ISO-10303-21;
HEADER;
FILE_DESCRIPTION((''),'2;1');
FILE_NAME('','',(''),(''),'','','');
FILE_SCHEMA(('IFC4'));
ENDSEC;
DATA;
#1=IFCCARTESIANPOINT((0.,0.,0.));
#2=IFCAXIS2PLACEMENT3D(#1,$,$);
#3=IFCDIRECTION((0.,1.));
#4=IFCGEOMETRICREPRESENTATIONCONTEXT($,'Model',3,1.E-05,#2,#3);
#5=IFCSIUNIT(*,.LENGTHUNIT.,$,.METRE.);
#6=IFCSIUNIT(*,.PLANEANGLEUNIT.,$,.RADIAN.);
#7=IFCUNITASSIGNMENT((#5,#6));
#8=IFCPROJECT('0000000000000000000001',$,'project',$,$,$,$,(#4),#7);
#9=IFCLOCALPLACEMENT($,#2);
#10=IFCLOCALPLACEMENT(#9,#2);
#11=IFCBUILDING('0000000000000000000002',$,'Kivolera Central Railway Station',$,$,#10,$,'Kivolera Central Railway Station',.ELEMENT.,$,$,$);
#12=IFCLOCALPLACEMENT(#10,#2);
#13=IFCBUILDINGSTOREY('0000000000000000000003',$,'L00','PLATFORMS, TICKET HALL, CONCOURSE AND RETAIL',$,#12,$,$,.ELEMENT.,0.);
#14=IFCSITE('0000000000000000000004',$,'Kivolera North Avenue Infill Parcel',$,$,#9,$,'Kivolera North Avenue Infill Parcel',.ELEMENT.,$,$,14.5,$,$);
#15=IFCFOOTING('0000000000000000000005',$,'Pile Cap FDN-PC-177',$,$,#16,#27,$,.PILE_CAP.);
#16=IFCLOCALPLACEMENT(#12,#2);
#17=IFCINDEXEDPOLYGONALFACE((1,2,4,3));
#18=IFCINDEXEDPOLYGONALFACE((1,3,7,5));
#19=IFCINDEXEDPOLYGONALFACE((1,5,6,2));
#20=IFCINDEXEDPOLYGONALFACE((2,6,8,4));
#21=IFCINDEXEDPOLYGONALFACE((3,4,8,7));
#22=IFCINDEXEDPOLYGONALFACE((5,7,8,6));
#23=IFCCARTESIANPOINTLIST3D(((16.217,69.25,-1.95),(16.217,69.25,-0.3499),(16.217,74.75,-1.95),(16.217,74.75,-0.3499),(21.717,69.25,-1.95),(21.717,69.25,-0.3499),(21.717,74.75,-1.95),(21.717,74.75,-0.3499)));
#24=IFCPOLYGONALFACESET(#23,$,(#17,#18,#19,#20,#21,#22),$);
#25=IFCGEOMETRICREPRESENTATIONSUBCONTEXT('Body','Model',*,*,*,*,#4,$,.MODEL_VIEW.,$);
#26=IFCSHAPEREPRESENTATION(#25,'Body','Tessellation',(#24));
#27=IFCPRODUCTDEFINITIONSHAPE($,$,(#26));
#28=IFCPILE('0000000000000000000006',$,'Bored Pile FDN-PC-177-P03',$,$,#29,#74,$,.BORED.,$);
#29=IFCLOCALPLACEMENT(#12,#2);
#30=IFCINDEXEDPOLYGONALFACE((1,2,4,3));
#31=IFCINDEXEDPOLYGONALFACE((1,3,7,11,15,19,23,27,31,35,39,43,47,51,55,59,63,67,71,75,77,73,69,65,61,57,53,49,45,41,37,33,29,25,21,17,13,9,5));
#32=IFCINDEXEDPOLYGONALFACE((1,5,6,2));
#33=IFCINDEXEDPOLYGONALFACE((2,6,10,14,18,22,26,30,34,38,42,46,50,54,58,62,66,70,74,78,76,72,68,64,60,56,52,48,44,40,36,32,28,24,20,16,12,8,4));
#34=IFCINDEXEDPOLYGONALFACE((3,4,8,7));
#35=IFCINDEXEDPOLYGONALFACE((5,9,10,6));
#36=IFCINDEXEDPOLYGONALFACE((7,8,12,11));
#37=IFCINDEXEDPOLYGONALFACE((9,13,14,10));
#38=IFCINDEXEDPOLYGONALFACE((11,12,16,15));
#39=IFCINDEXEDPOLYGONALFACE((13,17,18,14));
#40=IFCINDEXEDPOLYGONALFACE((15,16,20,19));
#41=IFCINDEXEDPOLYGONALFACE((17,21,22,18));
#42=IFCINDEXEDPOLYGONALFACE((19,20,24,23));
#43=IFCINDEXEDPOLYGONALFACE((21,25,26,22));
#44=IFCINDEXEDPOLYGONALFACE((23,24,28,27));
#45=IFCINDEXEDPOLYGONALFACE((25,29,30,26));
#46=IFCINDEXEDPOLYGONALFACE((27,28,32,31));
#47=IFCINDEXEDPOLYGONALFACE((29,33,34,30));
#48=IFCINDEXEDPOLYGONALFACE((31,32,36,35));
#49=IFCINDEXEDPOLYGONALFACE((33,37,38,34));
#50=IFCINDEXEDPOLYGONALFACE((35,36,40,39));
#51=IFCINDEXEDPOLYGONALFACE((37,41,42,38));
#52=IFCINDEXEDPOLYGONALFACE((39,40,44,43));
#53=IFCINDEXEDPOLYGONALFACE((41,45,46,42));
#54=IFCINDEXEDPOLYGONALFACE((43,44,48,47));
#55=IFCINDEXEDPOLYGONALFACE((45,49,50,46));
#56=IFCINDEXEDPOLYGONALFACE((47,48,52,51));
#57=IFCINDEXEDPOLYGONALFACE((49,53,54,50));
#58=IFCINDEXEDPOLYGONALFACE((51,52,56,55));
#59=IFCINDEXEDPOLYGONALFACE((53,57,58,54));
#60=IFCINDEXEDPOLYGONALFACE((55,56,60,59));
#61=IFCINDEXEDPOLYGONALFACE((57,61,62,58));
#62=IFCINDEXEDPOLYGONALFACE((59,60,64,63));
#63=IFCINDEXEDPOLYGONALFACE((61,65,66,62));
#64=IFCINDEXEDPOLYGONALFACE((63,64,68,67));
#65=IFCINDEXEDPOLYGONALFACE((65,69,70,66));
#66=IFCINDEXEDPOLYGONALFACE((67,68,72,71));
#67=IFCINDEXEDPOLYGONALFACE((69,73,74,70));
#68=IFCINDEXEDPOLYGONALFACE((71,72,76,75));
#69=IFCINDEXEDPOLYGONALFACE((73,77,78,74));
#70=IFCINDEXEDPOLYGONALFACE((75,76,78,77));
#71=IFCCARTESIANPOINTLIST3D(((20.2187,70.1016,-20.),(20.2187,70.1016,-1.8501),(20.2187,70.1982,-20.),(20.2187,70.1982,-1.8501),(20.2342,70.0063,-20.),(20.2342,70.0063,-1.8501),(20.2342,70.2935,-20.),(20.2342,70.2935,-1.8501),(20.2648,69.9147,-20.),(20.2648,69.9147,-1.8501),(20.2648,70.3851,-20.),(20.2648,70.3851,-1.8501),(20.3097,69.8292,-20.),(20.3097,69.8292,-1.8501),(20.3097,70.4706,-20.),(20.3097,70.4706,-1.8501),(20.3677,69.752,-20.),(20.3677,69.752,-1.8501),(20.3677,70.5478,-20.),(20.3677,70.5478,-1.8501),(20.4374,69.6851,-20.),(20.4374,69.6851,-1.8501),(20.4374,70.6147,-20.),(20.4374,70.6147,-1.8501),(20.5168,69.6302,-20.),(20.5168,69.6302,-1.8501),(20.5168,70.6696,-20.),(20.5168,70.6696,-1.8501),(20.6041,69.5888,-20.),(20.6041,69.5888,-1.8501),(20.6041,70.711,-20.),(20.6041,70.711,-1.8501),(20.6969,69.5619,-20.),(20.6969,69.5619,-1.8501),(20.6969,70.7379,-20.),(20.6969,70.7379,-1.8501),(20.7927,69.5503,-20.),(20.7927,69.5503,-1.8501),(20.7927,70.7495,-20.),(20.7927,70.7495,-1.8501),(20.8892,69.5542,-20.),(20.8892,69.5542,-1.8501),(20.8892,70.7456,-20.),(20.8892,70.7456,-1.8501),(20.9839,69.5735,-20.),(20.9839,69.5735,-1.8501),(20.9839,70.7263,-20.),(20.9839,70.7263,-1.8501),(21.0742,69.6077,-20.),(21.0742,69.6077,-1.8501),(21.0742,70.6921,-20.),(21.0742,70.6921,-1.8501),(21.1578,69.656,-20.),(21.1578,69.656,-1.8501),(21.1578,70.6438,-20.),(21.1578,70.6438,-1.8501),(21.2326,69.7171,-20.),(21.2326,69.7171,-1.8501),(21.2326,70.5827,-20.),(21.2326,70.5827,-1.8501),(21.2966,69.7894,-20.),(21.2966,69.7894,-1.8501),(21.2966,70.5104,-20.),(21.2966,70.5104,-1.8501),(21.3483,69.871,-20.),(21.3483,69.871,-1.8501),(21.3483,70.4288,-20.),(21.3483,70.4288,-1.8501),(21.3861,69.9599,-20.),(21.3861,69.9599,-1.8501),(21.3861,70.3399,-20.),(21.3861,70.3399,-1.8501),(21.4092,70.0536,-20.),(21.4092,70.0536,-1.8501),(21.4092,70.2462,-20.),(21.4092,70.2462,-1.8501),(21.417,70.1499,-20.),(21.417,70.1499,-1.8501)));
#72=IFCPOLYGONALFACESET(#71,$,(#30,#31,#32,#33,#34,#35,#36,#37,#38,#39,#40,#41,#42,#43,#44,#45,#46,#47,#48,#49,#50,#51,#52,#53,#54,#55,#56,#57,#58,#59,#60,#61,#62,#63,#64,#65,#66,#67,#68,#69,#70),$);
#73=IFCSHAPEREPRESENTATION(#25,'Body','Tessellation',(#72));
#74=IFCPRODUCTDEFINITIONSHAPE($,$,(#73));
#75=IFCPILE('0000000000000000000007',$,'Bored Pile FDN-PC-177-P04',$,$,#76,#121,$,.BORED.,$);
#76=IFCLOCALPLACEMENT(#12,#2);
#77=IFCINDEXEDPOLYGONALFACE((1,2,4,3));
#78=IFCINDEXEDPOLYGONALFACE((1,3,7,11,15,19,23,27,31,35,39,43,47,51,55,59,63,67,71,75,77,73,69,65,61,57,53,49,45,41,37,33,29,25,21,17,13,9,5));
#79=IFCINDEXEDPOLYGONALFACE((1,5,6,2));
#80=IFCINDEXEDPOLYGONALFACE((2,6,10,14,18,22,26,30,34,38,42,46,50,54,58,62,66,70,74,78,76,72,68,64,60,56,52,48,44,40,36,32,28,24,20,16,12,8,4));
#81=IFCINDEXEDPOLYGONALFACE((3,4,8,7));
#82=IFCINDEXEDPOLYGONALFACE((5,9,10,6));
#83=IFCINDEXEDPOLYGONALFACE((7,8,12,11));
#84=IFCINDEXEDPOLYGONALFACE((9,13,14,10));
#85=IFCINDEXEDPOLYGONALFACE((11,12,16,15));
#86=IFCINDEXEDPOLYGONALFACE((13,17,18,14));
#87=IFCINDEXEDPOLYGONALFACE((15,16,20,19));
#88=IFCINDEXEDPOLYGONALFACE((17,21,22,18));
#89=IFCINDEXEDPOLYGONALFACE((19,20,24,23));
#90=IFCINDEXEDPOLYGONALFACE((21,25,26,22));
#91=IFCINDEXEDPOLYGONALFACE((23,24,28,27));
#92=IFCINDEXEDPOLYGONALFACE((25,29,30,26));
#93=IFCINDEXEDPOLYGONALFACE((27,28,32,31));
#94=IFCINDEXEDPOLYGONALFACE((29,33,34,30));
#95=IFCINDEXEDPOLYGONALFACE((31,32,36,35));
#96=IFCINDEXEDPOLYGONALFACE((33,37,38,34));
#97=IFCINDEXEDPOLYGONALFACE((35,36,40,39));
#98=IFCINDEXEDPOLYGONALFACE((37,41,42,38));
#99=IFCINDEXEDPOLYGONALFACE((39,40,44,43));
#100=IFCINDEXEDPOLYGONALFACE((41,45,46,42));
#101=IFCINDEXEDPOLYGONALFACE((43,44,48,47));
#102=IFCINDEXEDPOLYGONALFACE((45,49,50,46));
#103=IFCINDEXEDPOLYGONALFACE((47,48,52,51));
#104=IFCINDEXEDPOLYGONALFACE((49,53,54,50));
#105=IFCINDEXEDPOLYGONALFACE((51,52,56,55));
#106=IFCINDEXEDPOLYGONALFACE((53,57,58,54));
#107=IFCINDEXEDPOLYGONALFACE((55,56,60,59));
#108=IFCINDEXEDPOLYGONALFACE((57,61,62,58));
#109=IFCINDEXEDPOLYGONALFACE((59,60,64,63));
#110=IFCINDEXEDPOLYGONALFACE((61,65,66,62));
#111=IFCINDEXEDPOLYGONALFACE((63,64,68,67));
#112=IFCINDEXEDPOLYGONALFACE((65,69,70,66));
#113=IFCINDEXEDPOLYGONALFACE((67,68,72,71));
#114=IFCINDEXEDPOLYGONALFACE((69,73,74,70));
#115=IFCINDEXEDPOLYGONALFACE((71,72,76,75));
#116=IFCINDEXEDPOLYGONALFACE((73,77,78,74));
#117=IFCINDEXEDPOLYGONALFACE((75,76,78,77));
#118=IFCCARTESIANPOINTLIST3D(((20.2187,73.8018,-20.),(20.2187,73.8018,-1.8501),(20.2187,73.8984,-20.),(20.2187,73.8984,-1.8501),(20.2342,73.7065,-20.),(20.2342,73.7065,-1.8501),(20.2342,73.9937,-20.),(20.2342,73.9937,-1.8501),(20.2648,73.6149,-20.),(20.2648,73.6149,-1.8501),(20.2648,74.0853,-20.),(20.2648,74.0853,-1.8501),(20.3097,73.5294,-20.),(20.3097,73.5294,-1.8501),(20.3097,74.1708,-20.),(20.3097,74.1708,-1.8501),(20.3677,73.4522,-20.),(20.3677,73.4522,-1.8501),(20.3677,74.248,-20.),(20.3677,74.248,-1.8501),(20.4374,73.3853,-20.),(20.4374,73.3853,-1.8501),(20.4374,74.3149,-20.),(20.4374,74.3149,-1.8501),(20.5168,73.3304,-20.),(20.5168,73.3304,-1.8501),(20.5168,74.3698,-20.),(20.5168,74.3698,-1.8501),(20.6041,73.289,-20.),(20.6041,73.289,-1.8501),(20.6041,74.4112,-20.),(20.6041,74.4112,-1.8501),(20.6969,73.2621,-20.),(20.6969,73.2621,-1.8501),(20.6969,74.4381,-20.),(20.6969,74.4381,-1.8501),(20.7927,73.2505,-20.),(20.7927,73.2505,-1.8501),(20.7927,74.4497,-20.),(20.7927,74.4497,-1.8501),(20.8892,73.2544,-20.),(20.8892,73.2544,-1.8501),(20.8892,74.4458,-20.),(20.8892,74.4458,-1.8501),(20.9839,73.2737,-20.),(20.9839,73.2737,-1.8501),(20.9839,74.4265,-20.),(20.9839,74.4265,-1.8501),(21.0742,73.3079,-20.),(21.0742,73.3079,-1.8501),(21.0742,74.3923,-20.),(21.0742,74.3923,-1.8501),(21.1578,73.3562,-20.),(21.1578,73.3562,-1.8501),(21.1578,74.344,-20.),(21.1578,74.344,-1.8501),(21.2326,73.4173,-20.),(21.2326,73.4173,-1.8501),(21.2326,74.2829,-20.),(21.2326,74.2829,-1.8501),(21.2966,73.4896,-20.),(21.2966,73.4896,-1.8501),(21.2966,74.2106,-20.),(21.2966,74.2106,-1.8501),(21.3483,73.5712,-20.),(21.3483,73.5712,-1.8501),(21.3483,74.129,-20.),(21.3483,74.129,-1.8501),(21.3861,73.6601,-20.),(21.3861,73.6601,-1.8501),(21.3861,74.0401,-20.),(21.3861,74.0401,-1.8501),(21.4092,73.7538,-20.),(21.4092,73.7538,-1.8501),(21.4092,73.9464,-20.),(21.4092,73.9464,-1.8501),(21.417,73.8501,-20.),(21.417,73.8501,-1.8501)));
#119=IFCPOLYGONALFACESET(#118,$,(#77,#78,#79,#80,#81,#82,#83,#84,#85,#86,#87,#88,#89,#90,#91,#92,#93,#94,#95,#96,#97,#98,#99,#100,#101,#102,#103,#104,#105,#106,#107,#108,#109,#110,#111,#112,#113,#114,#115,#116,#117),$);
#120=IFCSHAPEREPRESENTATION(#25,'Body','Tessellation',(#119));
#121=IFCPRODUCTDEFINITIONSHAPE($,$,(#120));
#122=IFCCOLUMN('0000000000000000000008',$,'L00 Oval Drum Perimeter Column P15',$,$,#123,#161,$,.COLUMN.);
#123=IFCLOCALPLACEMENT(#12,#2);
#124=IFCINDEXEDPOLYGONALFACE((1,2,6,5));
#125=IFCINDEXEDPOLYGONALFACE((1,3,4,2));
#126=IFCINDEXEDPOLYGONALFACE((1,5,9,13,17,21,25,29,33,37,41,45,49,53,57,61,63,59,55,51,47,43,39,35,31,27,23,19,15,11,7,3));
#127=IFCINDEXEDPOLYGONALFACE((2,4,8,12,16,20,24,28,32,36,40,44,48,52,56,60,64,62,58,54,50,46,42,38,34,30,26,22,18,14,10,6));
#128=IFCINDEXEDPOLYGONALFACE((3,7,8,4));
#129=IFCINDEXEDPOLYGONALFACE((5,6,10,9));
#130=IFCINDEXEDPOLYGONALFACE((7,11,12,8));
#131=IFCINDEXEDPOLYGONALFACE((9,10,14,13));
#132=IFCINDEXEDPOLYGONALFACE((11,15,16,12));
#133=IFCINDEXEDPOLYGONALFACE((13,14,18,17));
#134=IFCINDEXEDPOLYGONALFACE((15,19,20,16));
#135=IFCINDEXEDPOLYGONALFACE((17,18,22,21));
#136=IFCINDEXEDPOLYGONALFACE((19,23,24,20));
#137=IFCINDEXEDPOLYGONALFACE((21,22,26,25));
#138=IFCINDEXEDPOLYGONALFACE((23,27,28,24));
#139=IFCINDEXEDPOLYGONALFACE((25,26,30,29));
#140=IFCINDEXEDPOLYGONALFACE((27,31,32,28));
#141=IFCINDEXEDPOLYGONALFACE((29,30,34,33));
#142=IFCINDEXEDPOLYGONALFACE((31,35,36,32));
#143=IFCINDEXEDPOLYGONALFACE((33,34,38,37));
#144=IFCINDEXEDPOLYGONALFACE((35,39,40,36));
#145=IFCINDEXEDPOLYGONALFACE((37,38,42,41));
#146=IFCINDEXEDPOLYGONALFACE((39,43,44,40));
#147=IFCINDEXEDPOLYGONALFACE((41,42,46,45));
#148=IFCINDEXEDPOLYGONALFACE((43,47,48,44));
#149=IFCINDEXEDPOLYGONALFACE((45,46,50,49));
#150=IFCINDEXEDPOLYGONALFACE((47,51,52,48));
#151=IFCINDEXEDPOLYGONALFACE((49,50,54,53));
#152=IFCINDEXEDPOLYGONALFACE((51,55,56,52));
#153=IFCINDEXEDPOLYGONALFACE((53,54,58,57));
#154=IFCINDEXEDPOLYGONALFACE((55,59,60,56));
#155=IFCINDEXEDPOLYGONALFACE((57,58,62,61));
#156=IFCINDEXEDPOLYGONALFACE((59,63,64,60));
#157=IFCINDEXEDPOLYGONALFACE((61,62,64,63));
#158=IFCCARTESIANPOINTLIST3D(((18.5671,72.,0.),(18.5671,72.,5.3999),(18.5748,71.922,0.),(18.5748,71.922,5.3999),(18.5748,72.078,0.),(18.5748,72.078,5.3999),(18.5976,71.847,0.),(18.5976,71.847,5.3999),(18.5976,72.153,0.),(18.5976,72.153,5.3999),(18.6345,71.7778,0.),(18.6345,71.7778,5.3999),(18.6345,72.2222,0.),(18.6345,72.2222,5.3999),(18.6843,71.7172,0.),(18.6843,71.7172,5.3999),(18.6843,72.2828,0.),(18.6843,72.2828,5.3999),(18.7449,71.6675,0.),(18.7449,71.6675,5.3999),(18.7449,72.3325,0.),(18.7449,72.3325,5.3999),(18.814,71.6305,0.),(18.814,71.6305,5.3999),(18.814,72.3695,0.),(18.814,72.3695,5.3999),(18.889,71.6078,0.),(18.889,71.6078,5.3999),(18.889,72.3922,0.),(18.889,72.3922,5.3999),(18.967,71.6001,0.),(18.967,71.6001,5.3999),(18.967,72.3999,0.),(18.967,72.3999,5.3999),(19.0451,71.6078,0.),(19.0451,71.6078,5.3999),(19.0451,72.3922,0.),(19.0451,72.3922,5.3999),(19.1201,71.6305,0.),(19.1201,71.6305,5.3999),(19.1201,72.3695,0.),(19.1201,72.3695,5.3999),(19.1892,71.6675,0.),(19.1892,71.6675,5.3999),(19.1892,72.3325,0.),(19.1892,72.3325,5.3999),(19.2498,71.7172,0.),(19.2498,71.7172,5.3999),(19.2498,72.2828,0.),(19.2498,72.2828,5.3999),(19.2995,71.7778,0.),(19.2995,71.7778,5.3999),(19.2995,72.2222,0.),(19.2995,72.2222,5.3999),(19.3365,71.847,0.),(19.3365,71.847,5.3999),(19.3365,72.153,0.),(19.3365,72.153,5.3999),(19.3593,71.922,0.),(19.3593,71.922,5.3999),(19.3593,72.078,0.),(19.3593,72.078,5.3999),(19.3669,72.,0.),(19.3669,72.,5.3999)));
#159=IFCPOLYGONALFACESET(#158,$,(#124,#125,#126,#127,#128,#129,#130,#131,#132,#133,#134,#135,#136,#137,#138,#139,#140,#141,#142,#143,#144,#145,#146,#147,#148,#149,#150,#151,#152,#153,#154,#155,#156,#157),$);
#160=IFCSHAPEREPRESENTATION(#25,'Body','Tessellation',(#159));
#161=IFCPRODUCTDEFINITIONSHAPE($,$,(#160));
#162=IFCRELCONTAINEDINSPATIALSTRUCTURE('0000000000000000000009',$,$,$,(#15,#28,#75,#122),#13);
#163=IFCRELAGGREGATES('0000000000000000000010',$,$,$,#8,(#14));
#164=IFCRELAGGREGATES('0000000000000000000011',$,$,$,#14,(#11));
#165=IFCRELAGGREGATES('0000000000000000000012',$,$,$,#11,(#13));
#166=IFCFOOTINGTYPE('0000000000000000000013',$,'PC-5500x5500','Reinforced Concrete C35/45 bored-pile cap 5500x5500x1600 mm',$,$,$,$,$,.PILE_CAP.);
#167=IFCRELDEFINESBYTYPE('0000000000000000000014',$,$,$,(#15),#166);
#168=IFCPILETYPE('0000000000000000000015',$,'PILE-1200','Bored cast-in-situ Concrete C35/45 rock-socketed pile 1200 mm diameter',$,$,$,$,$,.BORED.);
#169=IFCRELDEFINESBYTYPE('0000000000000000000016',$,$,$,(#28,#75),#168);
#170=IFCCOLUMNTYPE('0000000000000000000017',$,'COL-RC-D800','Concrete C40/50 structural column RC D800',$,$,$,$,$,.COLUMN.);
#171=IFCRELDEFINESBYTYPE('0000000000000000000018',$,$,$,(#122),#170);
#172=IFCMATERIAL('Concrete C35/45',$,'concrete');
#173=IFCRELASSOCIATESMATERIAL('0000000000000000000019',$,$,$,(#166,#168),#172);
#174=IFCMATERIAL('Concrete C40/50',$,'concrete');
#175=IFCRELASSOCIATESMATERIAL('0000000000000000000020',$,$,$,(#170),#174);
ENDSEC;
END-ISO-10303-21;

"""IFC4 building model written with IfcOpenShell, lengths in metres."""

from ifc_helpers import new_model, si_unit, direction, frame, origin, origin_2d, place, context, subcontext, project, spatial, rectangle, circle, extrude, material, material_profile, profile_set, type_object, element, save


model = new_model("IFC4")

# Units and contexts
model_context = context("Model", 3, precision=1e-05, world=origin(), true_north=direction((0.0, 1.0)))
body_context = subcontext(model_context, "Body", "Model", "MODEL_VIEW")
ifc_project = project(units=[si_unit("LENGTHUNIT", "METRE"), si_unit("PLANEANGLEUNIT", "RADIAN")], contexts=[model_context])

# Site, building, storey
site_placement = place(None, origin())
site = spatial("IfcSite", under=ifc_project, at=site_placement, Name="Kivolera North Avenue Infill Parcel", LongName="Kivolera North Avenue Infill Parcel", CompositionType="ELEMENT", RefElevation=14.5)
building_placement = place(site_placement, origin())
building = spatial("IfcBuilding", under=site, at=building_placement, Name="Kivolera Central Railway Station", LongName="Kivolera Central Railway Station", CompositionType="ELEMENT")
storey_placement = place(building_placement, origin())
storey = spatial("IfcBuildingStorey", under=building, at=storey_placement, Name="L00", Description="PLATFORMS, TICKET HALL, CONCOURSE AND RETAIL", CompositionType="ELEMENT", Elevation=0.0)

# Footing
ifc_material_1 = material(Name="Concrete C35/45", Category="concrete")
footing_type = type_object("IfcFootingType", Name="PC-5500x5500", Description="Reinforced Concrete C35/45 bored-pile cap 5500x5500x1600 mm", PredefinedType="PILE_CAP", material=ifc_material_1)
footing_placement = place(storey_placement, frame((18.967, 72.0, -1.95), z_axis=(0.0, 0.0, 1.0), x_axis=(1.0, 0.0, 0.0)))
element("IfcFooting", 1, at=footing_placement, inside=storey, type_object=footing_type, Name="Pile Cap FDN-PC-177", PredefinedType="PILE_CAP", context=body_context, shape_type="SweptSolid", body=[
    extrude(rectangle(XDim=5.5, YDim=5.5, at=origin_2d()), origin(), (0.0, 0.0, 1.0), 1.6001),
])

# Piles
ifc_material_profile_1 = material_profile(ifc_material_1, circle(Radius=0.6001, at=origin_2d()), Name="PILE D1200")
ifc_profile_set_1 = profile_set([ifc_material_profile_1], Name="Concrete C35/45")
pile_type = type_object("IfcPileType", Name="PILE-1200", Description="Bored cast-in-situ Concrete C35/45 rock-socketed pile 1200 mm diameter", PredefinedType="BORED", material=ifc_profile_set_1)
for number, where, z_axis, x_axis, name in (
    (2, (20.8169, 70.1499, -1.8501), (0.0, 0.0, -1.0), (1.0, 0.0, 0.0), "Bored Pile FDN-PC-177-P03"),
    (3, (20.8169, 73.8501, -1.8501), (0.0, 0.0, -1.0), (1.0, 0.0, 0.0), "Bored Pile FDN-PC-177-P04"),
):
    element("IfcPile", number, at=place(storey_placement, frame(where, z_axis=z_axis, x_axis=x_axis)), inside=storey, type_object=pile_type, Name=name, PredefinedType="BORED", context=body_context, shape_type="SweptSolid", body=[
        extrude(circle(Radius=0.6001, at=origin_2d()), origin(), (0.0, 0.0, 1.0), 18.1499),
    ])

# Column
ifc_material_2 = material(Name="Concrete C40/50", Category="concrete")
ifc_material_profile_2 = material_profile(ifc_material_2, circle(Radius=0.3999, at=origin_2d()), Name="RC D800")
ifc_profile_set_2 = profile_set([ifc_material_profile_2], Name="Concrete C40/50")
column_type = type_object("IfcColumnType", Name="COL-RC-D800", Description="Concrete C40/50 structural column RC D800", PredefinedType="COLUMN", material=ifc_profile_set_2)
column_placement = place(storey_placement, frame((18.967, 72.0, 0.0), z_axis=(0.0, 0.0, 1.0), x_axis=(1.0, 0.0, 0.0)))
element("IfcColumn", 4, at=column_placement, inside=storey, type_object=column_type, Name="L00 Oval Drum Perimeter Column P15", PredefinedType="COLUMN", context=body_context, shape_type="SweptSolid", body=[
    extrude(circle(Radius=0.3999, at=origin_2d()), origin(), (0.0, 0.0, 1.0), 5.3999),
])

save(model, "model.ifc")
